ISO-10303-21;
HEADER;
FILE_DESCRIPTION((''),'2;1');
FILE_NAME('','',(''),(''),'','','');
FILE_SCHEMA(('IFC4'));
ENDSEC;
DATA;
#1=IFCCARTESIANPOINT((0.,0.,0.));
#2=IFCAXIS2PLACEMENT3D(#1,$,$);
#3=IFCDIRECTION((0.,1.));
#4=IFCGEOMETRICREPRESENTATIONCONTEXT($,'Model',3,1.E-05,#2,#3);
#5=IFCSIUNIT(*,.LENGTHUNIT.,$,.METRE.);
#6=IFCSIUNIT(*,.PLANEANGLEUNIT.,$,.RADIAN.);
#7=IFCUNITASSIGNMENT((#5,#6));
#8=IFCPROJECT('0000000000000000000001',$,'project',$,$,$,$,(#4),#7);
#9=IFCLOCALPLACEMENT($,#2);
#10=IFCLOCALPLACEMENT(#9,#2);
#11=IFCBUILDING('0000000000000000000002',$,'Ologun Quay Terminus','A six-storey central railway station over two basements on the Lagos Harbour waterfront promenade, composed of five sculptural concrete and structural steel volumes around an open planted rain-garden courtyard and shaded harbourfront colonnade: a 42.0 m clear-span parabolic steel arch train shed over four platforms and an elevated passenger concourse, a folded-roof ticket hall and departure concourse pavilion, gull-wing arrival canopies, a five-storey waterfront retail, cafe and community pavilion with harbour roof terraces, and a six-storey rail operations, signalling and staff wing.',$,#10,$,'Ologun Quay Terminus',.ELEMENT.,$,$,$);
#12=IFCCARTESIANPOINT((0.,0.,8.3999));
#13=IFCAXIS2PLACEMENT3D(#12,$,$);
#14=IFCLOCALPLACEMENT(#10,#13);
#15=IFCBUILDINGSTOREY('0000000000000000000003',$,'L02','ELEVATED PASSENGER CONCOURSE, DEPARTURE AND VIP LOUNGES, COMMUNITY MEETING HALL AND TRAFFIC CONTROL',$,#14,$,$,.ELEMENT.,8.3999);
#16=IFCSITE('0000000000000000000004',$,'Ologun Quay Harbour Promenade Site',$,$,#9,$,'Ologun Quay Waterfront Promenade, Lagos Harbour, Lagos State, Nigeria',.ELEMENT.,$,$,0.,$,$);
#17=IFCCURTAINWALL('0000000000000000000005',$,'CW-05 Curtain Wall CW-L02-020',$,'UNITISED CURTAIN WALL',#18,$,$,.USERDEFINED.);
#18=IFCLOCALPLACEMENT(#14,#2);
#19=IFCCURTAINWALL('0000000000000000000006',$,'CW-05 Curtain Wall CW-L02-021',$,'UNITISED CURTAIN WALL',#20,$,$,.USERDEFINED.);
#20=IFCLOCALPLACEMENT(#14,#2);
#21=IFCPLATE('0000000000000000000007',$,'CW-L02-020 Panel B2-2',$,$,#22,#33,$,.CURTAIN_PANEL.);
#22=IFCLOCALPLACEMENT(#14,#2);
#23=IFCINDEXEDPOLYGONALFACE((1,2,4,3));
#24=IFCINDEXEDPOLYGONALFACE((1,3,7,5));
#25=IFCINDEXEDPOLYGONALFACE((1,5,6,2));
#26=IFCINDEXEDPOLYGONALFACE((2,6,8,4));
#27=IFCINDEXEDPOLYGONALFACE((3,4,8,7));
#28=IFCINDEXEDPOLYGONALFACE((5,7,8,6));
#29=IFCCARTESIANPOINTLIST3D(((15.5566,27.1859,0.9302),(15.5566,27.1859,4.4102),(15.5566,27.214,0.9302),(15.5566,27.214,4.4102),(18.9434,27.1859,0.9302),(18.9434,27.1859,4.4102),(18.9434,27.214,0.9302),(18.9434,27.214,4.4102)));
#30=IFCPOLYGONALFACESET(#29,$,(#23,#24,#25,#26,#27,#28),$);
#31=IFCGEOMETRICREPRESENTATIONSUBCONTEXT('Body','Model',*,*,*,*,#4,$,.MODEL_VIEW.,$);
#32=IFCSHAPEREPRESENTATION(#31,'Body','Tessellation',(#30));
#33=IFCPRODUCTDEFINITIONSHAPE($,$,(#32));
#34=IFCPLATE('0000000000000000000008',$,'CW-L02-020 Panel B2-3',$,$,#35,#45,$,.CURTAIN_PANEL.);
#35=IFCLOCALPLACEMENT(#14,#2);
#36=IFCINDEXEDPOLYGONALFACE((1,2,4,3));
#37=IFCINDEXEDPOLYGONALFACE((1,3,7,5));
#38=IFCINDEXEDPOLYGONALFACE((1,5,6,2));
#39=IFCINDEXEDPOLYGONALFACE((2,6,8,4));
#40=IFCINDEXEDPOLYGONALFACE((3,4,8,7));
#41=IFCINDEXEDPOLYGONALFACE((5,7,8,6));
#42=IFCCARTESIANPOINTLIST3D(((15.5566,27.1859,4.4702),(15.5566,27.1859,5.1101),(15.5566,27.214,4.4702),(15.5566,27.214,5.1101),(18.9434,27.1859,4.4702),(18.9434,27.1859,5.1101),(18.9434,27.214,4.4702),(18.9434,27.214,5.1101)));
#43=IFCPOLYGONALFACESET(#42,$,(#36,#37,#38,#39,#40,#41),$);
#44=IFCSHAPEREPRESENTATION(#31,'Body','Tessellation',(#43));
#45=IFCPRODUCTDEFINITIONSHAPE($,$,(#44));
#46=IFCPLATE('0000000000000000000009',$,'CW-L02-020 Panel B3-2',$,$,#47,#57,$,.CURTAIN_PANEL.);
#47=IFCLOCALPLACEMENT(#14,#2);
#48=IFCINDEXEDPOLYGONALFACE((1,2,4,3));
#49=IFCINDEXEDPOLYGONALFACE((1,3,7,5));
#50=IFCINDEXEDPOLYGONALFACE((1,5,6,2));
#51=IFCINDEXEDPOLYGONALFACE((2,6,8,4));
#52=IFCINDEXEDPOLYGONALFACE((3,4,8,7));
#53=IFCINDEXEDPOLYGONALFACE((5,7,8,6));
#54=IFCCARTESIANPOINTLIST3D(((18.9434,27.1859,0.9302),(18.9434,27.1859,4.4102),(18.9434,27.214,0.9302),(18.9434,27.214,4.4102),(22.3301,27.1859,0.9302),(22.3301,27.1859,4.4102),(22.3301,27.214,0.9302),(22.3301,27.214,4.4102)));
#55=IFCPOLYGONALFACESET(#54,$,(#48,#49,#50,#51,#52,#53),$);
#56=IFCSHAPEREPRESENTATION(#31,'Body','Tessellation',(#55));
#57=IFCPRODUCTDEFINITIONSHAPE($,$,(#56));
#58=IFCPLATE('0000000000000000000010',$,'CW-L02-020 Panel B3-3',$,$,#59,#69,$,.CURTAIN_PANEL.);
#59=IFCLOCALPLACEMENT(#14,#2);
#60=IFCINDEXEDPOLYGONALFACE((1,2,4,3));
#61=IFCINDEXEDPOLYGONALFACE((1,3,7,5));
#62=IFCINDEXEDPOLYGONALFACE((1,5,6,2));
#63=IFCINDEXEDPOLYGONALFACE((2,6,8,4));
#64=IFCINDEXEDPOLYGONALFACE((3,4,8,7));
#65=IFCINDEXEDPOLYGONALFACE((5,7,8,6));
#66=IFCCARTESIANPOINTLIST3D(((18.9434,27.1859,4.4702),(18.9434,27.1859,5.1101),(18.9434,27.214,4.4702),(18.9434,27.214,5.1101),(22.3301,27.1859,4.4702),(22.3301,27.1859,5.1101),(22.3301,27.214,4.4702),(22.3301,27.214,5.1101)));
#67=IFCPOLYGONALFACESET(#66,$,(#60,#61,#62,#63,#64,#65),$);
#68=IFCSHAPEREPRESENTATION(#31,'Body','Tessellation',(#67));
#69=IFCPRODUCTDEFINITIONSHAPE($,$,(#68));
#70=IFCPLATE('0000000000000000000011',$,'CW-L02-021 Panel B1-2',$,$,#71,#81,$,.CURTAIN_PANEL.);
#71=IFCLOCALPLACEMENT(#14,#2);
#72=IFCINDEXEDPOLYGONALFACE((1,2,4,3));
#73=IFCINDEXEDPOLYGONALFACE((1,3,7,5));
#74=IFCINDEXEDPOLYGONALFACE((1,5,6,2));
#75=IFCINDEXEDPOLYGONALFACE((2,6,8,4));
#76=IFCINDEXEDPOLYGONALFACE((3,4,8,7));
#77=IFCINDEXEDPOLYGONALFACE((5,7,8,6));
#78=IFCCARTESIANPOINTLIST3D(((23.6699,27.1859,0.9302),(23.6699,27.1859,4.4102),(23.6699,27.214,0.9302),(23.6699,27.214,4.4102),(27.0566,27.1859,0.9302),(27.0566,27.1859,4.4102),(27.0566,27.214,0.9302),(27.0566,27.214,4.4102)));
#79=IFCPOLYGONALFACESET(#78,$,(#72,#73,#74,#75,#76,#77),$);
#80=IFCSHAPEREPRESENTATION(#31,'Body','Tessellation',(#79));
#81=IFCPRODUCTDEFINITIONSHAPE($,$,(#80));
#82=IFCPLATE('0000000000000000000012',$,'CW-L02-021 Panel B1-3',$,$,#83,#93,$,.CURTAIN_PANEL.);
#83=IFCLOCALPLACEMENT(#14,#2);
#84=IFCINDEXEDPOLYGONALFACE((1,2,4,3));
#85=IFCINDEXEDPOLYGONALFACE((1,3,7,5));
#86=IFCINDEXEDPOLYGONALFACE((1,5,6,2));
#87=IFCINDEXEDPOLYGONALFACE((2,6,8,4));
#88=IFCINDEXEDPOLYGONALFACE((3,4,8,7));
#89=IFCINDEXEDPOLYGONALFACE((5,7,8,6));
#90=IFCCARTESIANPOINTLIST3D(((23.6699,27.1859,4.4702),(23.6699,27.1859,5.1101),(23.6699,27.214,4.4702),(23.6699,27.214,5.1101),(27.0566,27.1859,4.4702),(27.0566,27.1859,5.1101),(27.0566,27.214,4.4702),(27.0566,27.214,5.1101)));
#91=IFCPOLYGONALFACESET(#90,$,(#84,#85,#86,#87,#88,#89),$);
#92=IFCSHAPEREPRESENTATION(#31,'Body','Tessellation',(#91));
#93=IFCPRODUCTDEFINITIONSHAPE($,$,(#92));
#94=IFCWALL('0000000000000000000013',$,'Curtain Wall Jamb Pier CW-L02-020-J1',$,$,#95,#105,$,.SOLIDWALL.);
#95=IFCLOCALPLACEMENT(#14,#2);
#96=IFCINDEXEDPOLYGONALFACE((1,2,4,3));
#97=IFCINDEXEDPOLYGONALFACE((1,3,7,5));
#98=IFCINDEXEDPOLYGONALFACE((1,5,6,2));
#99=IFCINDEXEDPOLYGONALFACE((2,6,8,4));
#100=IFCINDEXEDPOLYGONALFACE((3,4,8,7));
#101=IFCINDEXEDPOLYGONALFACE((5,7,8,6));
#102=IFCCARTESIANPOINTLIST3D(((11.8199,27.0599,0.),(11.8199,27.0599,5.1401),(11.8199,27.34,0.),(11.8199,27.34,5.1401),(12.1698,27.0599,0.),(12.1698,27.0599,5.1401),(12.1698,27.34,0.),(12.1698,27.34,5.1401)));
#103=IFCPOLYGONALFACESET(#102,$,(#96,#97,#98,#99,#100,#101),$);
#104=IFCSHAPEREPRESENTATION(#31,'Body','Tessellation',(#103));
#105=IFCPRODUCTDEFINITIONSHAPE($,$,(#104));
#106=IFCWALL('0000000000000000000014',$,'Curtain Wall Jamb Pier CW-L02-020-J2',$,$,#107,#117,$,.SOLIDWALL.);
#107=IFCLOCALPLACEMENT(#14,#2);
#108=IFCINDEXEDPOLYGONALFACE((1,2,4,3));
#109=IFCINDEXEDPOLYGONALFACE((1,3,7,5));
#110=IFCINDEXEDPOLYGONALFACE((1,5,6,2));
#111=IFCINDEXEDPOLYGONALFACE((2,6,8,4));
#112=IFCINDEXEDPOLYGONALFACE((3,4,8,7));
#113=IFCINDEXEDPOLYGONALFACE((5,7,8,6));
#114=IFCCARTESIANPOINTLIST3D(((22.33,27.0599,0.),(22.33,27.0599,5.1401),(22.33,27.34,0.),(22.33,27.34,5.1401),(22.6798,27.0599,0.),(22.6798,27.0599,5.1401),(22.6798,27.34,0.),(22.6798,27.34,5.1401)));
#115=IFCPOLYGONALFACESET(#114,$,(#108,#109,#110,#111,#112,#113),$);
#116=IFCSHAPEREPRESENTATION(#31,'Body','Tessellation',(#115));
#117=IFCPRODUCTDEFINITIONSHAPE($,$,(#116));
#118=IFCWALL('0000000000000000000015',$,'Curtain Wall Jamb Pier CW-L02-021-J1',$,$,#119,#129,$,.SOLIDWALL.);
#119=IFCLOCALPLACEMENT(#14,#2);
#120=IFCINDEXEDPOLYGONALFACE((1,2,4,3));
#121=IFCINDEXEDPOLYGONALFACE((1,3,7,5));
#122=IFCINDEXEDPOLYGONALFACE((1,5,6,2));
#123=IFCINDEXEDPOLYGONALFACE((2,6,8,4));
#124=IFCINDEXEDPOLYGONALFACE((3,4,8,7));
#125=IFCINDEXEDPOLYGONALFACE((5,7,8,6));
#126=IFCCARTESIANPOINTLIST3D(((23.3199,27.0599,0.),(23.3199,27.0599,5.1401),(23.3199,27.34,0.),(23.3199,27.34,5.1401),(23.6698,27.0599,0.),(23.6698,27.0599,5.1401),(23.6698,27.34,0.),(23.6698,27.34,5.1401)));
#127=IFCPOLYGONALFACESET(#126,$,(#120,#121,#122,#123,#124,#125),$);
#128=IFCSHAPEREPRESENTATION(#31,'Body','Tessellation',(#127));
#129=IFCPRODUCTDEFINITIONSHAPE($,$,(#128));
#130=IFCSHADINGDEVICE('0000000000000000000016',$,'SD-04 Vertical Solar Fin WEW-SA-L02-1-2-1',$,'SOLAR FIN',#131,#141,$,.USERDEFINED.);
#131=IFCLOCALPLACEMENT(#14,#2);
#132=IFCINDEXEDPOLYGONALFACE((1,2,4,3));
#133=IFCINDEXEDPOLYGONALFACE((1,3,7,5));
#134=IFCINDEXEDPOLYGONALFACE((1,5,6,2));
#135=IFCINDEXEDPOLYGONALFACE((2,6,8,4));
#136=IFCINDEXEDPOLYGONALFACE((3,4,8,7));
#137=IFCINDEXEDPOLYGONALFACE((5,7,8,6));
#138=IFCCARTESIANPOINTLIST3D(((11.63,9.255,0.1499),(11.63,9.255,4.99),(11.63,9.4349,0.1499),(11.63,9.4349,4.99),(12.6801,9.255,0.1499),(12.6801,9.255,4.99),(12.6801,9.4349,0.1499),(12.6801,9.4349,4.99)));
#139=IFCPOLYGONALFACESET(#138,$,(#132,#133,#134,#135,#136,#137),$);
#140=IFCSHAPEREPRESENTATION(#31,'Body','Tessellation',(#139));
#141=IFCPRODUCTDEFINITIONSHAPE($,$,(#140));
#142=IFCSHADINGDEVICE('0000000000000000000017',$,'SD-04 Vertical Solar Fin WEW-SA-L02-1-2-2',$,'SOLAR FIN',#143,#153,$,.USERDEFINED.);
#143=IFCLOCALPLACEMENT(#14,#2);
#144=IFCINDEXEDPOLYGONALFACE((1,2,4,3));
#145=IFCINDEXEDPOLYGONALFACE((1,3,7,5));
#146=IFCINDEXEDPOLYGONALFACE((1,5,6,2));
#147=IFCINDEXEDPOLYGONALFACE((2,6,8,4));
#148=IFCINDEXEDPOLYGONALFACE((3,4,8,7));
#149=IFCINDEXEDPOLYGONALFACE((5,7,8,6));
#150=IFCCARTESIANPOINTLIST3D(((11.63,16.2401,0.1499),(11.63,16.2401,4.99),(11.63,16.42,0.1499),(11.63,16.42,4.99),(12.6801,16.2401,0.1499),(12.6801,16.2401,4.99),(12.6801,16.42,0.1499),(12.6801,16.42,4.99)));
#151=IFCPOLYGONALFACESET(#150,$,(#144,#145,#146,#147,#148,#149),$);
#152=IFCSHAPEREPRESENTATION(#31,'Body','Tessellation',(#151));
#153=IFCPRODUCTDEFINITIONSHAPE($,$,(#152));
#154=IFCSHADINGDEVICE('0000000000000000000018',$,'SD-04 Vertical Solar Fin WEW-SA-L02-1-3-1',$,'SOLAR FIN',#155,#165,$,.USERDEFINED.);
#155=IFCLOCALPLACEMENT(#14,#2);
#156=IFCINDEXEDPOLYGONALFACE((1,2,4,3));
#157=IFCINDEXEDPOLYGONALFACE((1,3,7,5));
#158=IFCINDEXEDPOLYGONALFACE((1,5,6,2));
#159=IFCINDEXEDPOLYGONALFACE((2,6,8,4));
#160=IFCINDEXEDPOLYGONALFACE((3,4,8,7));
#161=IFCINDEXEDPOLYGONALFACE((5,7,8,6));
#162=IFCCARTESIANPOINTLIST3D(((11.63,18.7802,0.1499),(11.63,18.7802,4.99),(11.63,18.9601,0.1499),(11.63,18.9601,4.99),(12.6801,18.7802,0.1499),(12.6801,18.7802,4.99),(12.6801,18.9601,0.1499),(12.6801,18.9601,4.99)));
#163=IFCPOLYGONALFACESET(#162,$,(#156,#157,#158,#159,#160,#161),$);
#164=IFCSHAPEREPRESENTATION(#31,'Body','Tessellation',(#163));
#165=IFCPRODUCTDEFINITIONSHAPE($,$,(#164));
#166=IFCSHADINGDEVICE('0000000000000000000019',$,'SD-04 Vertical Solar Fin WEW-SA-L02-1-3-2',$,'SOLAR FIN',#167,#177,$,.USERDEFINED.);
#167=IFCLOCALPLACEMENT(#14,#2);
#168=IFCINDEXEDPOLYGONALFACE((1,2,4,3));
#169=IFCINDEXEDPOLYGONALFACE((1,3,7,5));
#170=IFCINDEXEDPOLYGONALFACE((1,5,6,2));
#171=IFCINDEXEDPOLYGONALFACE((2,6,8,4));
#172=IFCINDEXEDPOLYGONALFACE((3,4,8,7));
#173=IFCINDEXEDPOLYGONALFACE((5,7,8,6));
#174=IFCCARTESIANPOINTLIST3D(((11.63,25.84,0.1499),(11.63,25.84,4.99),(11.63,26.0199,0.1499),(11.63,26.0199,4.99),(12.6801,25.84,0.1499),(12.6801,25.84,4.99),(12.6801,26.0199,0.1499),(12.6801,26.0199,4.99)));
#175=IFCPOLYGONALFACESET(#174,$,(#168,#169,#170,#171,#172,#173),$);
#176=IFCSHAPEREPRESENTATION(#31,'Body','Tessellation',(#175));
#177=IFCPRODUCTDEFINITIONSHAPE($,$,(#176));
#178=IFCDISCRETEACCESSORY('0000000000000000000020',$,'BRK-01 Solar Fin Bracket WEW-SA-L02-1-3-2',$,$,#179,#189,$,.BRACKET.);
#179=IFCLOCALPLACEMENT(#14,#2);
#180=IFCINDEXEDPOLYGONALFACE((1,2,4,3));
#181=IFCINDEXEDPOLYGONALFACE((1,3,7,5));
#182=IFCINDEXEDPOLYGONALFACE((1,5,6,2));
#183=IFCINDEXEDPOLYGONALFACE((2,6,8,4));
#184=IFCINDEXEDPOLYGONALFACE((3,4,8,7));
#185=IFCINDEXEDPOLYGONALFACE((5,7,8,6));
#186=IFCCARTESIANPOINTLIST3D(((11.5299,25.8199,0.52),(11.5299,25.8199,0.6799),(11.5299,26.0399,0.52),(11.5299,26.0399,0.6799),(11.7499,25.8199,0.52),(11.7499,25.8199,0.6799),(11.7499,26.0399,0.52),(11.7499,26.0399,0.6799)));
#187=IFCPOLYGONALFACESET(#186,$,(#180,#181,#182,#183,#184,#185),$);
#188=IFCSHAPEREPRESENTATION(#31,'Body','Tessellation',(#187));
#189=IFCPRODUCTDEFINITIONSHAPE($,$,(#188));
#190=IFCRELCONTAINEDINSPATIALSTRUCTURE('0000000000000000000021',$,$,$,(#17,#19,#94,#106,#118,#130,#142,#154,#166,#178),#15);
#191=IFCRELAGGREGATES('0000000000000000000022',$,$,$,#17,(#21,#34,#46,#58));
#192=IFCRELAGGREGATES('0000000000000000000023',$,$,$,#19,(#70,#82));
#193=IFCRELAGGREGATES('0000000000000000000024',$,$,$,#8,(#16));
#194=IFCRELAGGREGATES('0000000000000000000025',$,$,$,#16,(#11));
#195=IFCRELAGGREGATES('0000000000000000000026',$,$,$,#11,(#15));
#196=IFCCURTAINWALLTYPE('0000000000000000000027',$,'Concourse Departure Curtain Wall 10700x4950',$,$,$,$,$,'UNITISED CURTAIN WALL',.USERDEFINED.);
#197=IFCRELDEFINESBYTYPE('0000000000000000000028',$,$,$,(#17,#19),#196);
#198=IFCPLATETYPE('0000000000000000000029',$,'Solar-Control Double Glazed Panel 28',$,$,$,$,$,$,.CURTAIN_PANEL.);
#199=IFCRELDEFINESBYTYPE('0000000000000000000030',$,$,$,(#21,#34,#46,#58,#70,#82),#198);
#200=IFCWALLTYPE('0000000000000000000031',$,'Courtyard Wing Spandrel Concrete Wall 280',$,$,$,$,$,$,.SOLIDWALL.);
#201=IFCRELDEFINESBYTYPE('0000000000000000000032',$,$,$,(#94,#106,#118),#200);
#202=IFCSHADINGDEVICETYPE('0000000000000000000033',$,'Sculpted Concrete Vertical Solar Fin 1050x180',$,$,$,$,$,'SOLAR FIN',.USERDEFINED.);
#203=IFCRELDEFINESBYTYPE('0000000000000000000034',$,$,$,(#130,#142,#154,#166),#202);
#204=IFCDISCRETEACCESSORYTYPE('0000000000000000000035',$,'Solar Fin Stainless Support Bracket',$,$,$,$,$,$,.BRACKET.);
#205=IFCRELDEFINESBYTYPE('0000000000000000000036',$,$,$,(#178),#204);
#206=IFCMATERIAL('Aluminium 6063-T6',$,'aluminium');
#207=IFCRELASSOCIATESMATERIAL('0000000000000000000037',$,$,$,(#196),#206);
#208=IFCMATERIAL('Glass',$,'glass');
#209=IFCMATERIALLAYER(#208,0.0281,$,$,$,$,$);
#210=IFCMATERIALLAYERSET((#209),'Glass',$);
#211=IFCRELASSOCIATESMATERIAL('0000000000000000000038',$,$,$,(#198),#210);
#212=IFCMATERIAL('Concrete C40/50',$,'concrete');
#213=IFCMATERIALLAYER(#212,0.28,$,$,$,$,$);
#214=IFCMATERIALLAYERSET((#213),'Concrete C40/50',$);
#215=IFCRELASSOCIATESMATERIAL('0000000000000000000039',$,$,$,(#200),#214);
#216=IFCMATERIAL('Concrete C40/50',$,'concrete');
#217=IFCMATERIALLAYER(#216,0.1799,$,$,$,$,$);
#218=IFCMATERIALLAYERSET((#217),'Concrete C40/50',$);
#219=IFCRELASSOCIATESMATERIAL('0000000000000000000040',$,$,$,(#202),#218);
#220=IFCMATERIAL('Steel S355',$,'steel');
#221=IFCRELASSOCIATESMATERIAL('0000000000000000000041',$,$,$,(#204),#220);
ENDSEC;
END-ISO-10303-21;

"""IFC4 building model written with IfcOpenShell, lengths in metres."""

from ifc_helpers import new_model, si_unit, direction, frame, frame_2d, origin, origin_2d, place, context, subcontext, project, spatial, rectangle, extrude, material, layer, layer_set, type_object, element, aggregate, save


model = new_model("IFC4")

# Units and contexts
model_context = context("Model", 3, precision=1e-05, world=origin(), true_north=direction((0.0, 1.0)))
body_context = subcontext(model_context, "Body", "Model", "MODEL_VIEW")
ifc_project = project(units=[si_unit("LENGTHUNIT", "METRE"), si_unit("PLANEANGLEUNIT", "RADIAN")], contexts=[model_context])

# Site, building, storey
site_placement = place(None, origin())
site = spatial("IfcSite", under=ifc_project, at=site_placement, Name="Ologun Quay Harbour Promenade Site", LongName="Ologun Quay Waterfront Promenade, Lagos Harbour, Lagos State, Nigeria", CompositionType="ELEMENT", RefElevation=0.0)
building_placement = place(site_placement, origin())
building = spatial("IfcBuilding", under=site, at=building_placement, Name="Ologun Quay Terminus", Description="A six-storey central railway station over two basements on the Lagos Harbour waterfront promenade, composed of five sculptural concrete and structural steel volumes around an open planted rain-garden courtyard and shaded harbourfront colonnade: a 42.0 m clear-span parabolic steel arch train shed over four platforms and an elevated passenger concourse, a folded-roof ticket hall and departure concourse pavilion, gull-wing arrival canopies, a five-storey waterfront retail, cafe and community pavilion with harbour roof terraces, and a six-storey rail operations, signalling and staff wing.", LongName="Ologun Quay Terminus", CompositionType="ELEMENT")
storey_placement = place(building_placement, frame((0.0, 0.0, 8.3999)))
storey = spatial("IfcBuildingStorey", under=building, at=storey_placement, Name="L02", Description="ELEVATED PASSENGER CONCOURSE, DEPARTURE AND VIP LOUNGES, COMMUNITY MEETING HALL AND TRAFFIC CONTROL", CompositionType="ELEMENT", Elevation=8.3999)

# Curtain wall
ifc_material_1 = material(Name="Aluminium 6063-T6", Category="aluminium")
curtain_wall_type = type_object("IfcCurtainWallType", Name="Concourse Departure Curtain Wall 10700x4950", ElementType="UNITISED CURTAIN WALL", PredefinedType="USERDEFINED", material=ifc_material_1)
curtain_wall_1_placement = place(storey_placement, origin())
curtain_wall_1 = element("IfcCurtainWall", 1, at=curtain_wall_1_placement, inside=storey, type_object=curtain_wall_type, Name="CW-05 Curtain Wall CW-L02-020", ObjectType="UNITISED CURTAIN WALL", PredefinedType="USERDEFINED")

# Curtain wall
curtain_wall_2_placement = place(storey_placement, origin())
curtain_wall_2 = element("IfcCurtainWall", 2, at=curtain_wall_2_placement, inside=storey, type_object=curtain_wall_type, Name="CW-05 Curtain Wall CW-L02-021", ObjectType="UNITISED CURTAIN WALL", PredefinedType="USERDEFINED")

# Plates
ifc_material_2 = material(Name="Glass", Category="glass")
ifc_layer_1 = layer(ifc_material_2, 0.0281)
ifc_layer_set_1 = layer_set([ifc_layer_1], Name="Glass")
plate_type_1 = type_object("IfcPlateType", Name="Solar-Control Double Glazed Panel 28", PredefinedType="CURTAIN_PANEL", material=ifc_layer_set_1)
plate_1_placement = place(storey_placement, frame((17.25, 27.2, 0.9302), z_axis=(0.0, 0.0, 1.0), x_axis=(1.0, 0.0, 0.0)))
plate_1 = element("IfcPlate", 3, at=plate_1_placement, type_object=plate_type_1, Name="CW-L02-020 Panel B2-2", PredefinedType="CURTAIN_PANEL", context=body_context, shape_type="SweptSolid", body=[
    extrude(rectangle(XDim=3.3867, YDim=0.0281, at=origin_2d()), origin(), (0.0, 0.0, 1.0), 3.48),
])
plate_2_placement = place(storey_placement, frame((17.25, 27.2, 4.4702), z_axis=(0.0, 0.0, 1.0), x_axis=(1.0, 0.0, 0.0)))
plate_2 = element("IfcPlate", 4, at=plate_2_placement, type_object=plate_type_1, Name="CW-L02-020 Panel B2-3", PredefinedType="CURTAIN_PANEL", context=body_context, shape_type="SweptSolid", body=[
    extrude(rectangle(XDim=3.3867, YDim=0.0281, at=origin_2d()), origin(), (0.0, 0.0, 1.0), 0.6399),
])
plate_3_placement = place(storey_placement, frame((20.6367, 27.2, 0.9302), z_axis=(0.0, 0.0, 1.0), x_axis=(1.0, 0.0, 0.0)))
plate_3 = element("IfcPlate", 5, at=plate_3_placement, type_object=plate_type_1, Name="CW-L02-020 Panel B3-2", PredefinedType="CURTAIN_PANEL", context=body_context, shape_type="SweptSolid", body=[
    extrude(rectangle(XDim=3.3867, YDim=0.0281, at=origin_2d()), origin(), (0.0, 0.0, 1.0), 3.48),
])
plate_4_placement = place(storey_placement, frame((20.6367, 27.2, 4.4702), z_axis=(0.0, 0.0, 1.0), x_axis=(1.0, 0.0, 0.0)))
plate_4 = element("IfcPlate", 6, at=plate_4_placement, type_object=plate_type_1, Name="CW-L02-020 Panel B3-3", PredefinedType="CURTAIN_PANEL", context=body_context, shape_type="SweptSolid", body=[
    extrude(rectangle(XDim=3.3867, YDim=0.0281, at=origin_2d()), origin(), (0.0, 0.0, 1.0), 0.6399),
])
aggregate(curtain_wall_1, [plate_1, plate_2, plate_3, plate_4])
plate_5_placement = place(storey_placement, frame((25.3633, 27.2, 0.9302), z_axis=(0.0, 0.0, 1.0), x_axis=(1.0, 0.0, 0.0)))
plate_5 = element("IfcPlate", 7, at=plate_5_placement, type_object=plate_type_1, Name="CW-L02-021 Panel B1-2", PredefinedType="CURTAIN_PANEL", context=body_context, shape_type="SweptSolid", body=[
    extrude(rectangle(XDim=3.3867, YDim=0.0281, at=origin_2d()), origin(), (0.0, 0.0, 1.0), 3.48),
])
plate_6_placement = place(storey_placement, frame((25.3633, 27.2, 4.4702), z_axis=(0.0, 0.0, 1.0), x_axis=(1.0, 0.0, 0.0)))
plate_6 = element("IfcPlate", 8, at=plate_6_placement, type_object=plate_type_1, Name="CW-L02-021 Panel B1-3", PredefinedType="CURTAIN_PANEL", context=body_context, shape_type="SweptSolid", body=[
    extrude(rectangle(XDim=3.3867, YDim=0.0281, at=origin_2d()), origin(), (0.0, 0.0, 1.0), 0.6399),
])
aggregate(curtain_wall_2, [plate_5, plate_6])

# Walls
ifc_material_3 = material(Name="Concrete C40/50", Category="concrete")
ifc_layer_2 = layer(ifc_material_3, 0.28)
ifc_layer_set_2 = layer_set([ifc_layer_2], Name="Concrete C40/50")
wall_type = type_object("IfcWallType", Name="Courtyard Wing Spandrel Concrete Wall 280", PredefinedType="SOLIDWALL", material=ifc_layer_set_2)
for number, where, z_axis, x_axis, name in (
    (9, (11.8201, 27.2, 0.0), (0.0, 0.0, 1.0), (1.0, 0.0, 0.0), "Curtain Wall Jamb Pier CW-L02-020-J1"),
    (10, (22.3301, 27.2, 0.0), (0.0, 0.0, 1.0), (1.0, 0.0, 0.0), "Curtain Wall Jamb Pier CW-L02-020-J2"),
    (11, (23.3201, 27.2, 0.0), (0.0, 0.0, 1.0), (1.0, 0.0, 0.0), "Curtain Wall Jamb Pier CW-L02-021-J1"),
):
    element("IfcWall", number, at=place(storey_placement, frame(where, z_axis=z_axis, x_axis=x_axis)), inside=storey, type_object=wall_type, Name=name, PredefinedType="SOLIDWALL", context=body_context, shape_type="SweptSolid", body=[
        extrude(rectangle(XDim=0.3499, YDim=0.28, at=frame_2d((0.1748, 0.0))), origin(), (0.0, 0.0, 1.0), 5.1401),
    ])

# Shading devices
ifc_material_4 = material(Name="Concrete C40/50", Category="concrete")
ifc_layer_3 = layer(ifc_material_4, 0.1799)
ifc_layer_set_3 = layer_set([ifc_layer_3], Name="Concrete C40/50")
shading_device_type = type_object("IfcShadingDeviceType", Name="Sculpted Concrete Vertical Solar Fin 1050x180", ElementType="SOLAR FIN", PredefinedType="USERDEFINED", material=ifc_layer_set_3)
for number, where, z_axis, x_axis, name in (
    (12, (12.155, 9.345, 0.1499), (0.0, 0.0, 1.0), (1.0, 0.0, 0.0), "SD-04 Vertical Solar Fin WEW-SA-L02-1-2-1"),
    (13, (12.155, 16.3301, 0.1499), (0.0, 0.0, 1.0), (1.0, 0.0, 0.0), "SD-04 Vertical Solar Fin WEW-SA-L02-1-2-2"),
    (14, (12.155, 18.8701, 0.1499), (0.0, 0.0, 1.0), (1.0, 0.0, 0.0), "SD-04 Vertical Solar Fin WEW-SA-L02-1-3-1"),
    (15, (12.155, 25.9299, 0.1499), (0.0, 0.0, 1.0), (1.0, 0.0, 0.0), "SD-04 Vertical Solar Fin WEW-SA-L02-1-3-2"),
):
    element("IfcShadingDevice", number, at=place(storey_placement, frame(where, z_axis=z_axis, x_axis=x_axis)), inside=storey, type_object=shading_device_type, Name=name, ObjectType="SOLAR FIN", PredefinedType="USERDEFINED", context=body_context, shape_type="SweptSolid", body=[
        extrude(rectangle(XDim=1.05, YDim=0.1799, at=origin_2d()), origin(), (0.0, 0.0, 1.0), 4.8401),
    ])

# Discrete accessory
ifc_material_5 = material(Name="Steel S355", Category="steel")
discrete_accessory_type = type_object("IfcDiscreteAccessoryType", Name="Solar Fin Stainless Support Bracket", PredefinedType="BRACKET", material=ifc_material_5)
discrete_accessory_placement = place(storey_placement, frame((11.6399, 25.9299, 0.52), z_axis=(0.0, 0.0, 1.0), x_axis=(1.0, 0.0, 0.0)))
element("IfcDiscreteAccessory", 16, at=discrete_accessory_placement, inside=storey, type_object=discrete_accessory_type, Name="BRK-01 Solar Fin Bracket WEW-SA-L02-1-3-2", PredefinedType="BRACKET", context=body_context, shape_type="SweptSolid", body=[
    extrude(rectangle(XDim=0.22, YDim=0.22, at=origin_2d()), origin(), (0.0, 0.0, 1.0), 0.1599),
])

save(model, "model.ifc")
